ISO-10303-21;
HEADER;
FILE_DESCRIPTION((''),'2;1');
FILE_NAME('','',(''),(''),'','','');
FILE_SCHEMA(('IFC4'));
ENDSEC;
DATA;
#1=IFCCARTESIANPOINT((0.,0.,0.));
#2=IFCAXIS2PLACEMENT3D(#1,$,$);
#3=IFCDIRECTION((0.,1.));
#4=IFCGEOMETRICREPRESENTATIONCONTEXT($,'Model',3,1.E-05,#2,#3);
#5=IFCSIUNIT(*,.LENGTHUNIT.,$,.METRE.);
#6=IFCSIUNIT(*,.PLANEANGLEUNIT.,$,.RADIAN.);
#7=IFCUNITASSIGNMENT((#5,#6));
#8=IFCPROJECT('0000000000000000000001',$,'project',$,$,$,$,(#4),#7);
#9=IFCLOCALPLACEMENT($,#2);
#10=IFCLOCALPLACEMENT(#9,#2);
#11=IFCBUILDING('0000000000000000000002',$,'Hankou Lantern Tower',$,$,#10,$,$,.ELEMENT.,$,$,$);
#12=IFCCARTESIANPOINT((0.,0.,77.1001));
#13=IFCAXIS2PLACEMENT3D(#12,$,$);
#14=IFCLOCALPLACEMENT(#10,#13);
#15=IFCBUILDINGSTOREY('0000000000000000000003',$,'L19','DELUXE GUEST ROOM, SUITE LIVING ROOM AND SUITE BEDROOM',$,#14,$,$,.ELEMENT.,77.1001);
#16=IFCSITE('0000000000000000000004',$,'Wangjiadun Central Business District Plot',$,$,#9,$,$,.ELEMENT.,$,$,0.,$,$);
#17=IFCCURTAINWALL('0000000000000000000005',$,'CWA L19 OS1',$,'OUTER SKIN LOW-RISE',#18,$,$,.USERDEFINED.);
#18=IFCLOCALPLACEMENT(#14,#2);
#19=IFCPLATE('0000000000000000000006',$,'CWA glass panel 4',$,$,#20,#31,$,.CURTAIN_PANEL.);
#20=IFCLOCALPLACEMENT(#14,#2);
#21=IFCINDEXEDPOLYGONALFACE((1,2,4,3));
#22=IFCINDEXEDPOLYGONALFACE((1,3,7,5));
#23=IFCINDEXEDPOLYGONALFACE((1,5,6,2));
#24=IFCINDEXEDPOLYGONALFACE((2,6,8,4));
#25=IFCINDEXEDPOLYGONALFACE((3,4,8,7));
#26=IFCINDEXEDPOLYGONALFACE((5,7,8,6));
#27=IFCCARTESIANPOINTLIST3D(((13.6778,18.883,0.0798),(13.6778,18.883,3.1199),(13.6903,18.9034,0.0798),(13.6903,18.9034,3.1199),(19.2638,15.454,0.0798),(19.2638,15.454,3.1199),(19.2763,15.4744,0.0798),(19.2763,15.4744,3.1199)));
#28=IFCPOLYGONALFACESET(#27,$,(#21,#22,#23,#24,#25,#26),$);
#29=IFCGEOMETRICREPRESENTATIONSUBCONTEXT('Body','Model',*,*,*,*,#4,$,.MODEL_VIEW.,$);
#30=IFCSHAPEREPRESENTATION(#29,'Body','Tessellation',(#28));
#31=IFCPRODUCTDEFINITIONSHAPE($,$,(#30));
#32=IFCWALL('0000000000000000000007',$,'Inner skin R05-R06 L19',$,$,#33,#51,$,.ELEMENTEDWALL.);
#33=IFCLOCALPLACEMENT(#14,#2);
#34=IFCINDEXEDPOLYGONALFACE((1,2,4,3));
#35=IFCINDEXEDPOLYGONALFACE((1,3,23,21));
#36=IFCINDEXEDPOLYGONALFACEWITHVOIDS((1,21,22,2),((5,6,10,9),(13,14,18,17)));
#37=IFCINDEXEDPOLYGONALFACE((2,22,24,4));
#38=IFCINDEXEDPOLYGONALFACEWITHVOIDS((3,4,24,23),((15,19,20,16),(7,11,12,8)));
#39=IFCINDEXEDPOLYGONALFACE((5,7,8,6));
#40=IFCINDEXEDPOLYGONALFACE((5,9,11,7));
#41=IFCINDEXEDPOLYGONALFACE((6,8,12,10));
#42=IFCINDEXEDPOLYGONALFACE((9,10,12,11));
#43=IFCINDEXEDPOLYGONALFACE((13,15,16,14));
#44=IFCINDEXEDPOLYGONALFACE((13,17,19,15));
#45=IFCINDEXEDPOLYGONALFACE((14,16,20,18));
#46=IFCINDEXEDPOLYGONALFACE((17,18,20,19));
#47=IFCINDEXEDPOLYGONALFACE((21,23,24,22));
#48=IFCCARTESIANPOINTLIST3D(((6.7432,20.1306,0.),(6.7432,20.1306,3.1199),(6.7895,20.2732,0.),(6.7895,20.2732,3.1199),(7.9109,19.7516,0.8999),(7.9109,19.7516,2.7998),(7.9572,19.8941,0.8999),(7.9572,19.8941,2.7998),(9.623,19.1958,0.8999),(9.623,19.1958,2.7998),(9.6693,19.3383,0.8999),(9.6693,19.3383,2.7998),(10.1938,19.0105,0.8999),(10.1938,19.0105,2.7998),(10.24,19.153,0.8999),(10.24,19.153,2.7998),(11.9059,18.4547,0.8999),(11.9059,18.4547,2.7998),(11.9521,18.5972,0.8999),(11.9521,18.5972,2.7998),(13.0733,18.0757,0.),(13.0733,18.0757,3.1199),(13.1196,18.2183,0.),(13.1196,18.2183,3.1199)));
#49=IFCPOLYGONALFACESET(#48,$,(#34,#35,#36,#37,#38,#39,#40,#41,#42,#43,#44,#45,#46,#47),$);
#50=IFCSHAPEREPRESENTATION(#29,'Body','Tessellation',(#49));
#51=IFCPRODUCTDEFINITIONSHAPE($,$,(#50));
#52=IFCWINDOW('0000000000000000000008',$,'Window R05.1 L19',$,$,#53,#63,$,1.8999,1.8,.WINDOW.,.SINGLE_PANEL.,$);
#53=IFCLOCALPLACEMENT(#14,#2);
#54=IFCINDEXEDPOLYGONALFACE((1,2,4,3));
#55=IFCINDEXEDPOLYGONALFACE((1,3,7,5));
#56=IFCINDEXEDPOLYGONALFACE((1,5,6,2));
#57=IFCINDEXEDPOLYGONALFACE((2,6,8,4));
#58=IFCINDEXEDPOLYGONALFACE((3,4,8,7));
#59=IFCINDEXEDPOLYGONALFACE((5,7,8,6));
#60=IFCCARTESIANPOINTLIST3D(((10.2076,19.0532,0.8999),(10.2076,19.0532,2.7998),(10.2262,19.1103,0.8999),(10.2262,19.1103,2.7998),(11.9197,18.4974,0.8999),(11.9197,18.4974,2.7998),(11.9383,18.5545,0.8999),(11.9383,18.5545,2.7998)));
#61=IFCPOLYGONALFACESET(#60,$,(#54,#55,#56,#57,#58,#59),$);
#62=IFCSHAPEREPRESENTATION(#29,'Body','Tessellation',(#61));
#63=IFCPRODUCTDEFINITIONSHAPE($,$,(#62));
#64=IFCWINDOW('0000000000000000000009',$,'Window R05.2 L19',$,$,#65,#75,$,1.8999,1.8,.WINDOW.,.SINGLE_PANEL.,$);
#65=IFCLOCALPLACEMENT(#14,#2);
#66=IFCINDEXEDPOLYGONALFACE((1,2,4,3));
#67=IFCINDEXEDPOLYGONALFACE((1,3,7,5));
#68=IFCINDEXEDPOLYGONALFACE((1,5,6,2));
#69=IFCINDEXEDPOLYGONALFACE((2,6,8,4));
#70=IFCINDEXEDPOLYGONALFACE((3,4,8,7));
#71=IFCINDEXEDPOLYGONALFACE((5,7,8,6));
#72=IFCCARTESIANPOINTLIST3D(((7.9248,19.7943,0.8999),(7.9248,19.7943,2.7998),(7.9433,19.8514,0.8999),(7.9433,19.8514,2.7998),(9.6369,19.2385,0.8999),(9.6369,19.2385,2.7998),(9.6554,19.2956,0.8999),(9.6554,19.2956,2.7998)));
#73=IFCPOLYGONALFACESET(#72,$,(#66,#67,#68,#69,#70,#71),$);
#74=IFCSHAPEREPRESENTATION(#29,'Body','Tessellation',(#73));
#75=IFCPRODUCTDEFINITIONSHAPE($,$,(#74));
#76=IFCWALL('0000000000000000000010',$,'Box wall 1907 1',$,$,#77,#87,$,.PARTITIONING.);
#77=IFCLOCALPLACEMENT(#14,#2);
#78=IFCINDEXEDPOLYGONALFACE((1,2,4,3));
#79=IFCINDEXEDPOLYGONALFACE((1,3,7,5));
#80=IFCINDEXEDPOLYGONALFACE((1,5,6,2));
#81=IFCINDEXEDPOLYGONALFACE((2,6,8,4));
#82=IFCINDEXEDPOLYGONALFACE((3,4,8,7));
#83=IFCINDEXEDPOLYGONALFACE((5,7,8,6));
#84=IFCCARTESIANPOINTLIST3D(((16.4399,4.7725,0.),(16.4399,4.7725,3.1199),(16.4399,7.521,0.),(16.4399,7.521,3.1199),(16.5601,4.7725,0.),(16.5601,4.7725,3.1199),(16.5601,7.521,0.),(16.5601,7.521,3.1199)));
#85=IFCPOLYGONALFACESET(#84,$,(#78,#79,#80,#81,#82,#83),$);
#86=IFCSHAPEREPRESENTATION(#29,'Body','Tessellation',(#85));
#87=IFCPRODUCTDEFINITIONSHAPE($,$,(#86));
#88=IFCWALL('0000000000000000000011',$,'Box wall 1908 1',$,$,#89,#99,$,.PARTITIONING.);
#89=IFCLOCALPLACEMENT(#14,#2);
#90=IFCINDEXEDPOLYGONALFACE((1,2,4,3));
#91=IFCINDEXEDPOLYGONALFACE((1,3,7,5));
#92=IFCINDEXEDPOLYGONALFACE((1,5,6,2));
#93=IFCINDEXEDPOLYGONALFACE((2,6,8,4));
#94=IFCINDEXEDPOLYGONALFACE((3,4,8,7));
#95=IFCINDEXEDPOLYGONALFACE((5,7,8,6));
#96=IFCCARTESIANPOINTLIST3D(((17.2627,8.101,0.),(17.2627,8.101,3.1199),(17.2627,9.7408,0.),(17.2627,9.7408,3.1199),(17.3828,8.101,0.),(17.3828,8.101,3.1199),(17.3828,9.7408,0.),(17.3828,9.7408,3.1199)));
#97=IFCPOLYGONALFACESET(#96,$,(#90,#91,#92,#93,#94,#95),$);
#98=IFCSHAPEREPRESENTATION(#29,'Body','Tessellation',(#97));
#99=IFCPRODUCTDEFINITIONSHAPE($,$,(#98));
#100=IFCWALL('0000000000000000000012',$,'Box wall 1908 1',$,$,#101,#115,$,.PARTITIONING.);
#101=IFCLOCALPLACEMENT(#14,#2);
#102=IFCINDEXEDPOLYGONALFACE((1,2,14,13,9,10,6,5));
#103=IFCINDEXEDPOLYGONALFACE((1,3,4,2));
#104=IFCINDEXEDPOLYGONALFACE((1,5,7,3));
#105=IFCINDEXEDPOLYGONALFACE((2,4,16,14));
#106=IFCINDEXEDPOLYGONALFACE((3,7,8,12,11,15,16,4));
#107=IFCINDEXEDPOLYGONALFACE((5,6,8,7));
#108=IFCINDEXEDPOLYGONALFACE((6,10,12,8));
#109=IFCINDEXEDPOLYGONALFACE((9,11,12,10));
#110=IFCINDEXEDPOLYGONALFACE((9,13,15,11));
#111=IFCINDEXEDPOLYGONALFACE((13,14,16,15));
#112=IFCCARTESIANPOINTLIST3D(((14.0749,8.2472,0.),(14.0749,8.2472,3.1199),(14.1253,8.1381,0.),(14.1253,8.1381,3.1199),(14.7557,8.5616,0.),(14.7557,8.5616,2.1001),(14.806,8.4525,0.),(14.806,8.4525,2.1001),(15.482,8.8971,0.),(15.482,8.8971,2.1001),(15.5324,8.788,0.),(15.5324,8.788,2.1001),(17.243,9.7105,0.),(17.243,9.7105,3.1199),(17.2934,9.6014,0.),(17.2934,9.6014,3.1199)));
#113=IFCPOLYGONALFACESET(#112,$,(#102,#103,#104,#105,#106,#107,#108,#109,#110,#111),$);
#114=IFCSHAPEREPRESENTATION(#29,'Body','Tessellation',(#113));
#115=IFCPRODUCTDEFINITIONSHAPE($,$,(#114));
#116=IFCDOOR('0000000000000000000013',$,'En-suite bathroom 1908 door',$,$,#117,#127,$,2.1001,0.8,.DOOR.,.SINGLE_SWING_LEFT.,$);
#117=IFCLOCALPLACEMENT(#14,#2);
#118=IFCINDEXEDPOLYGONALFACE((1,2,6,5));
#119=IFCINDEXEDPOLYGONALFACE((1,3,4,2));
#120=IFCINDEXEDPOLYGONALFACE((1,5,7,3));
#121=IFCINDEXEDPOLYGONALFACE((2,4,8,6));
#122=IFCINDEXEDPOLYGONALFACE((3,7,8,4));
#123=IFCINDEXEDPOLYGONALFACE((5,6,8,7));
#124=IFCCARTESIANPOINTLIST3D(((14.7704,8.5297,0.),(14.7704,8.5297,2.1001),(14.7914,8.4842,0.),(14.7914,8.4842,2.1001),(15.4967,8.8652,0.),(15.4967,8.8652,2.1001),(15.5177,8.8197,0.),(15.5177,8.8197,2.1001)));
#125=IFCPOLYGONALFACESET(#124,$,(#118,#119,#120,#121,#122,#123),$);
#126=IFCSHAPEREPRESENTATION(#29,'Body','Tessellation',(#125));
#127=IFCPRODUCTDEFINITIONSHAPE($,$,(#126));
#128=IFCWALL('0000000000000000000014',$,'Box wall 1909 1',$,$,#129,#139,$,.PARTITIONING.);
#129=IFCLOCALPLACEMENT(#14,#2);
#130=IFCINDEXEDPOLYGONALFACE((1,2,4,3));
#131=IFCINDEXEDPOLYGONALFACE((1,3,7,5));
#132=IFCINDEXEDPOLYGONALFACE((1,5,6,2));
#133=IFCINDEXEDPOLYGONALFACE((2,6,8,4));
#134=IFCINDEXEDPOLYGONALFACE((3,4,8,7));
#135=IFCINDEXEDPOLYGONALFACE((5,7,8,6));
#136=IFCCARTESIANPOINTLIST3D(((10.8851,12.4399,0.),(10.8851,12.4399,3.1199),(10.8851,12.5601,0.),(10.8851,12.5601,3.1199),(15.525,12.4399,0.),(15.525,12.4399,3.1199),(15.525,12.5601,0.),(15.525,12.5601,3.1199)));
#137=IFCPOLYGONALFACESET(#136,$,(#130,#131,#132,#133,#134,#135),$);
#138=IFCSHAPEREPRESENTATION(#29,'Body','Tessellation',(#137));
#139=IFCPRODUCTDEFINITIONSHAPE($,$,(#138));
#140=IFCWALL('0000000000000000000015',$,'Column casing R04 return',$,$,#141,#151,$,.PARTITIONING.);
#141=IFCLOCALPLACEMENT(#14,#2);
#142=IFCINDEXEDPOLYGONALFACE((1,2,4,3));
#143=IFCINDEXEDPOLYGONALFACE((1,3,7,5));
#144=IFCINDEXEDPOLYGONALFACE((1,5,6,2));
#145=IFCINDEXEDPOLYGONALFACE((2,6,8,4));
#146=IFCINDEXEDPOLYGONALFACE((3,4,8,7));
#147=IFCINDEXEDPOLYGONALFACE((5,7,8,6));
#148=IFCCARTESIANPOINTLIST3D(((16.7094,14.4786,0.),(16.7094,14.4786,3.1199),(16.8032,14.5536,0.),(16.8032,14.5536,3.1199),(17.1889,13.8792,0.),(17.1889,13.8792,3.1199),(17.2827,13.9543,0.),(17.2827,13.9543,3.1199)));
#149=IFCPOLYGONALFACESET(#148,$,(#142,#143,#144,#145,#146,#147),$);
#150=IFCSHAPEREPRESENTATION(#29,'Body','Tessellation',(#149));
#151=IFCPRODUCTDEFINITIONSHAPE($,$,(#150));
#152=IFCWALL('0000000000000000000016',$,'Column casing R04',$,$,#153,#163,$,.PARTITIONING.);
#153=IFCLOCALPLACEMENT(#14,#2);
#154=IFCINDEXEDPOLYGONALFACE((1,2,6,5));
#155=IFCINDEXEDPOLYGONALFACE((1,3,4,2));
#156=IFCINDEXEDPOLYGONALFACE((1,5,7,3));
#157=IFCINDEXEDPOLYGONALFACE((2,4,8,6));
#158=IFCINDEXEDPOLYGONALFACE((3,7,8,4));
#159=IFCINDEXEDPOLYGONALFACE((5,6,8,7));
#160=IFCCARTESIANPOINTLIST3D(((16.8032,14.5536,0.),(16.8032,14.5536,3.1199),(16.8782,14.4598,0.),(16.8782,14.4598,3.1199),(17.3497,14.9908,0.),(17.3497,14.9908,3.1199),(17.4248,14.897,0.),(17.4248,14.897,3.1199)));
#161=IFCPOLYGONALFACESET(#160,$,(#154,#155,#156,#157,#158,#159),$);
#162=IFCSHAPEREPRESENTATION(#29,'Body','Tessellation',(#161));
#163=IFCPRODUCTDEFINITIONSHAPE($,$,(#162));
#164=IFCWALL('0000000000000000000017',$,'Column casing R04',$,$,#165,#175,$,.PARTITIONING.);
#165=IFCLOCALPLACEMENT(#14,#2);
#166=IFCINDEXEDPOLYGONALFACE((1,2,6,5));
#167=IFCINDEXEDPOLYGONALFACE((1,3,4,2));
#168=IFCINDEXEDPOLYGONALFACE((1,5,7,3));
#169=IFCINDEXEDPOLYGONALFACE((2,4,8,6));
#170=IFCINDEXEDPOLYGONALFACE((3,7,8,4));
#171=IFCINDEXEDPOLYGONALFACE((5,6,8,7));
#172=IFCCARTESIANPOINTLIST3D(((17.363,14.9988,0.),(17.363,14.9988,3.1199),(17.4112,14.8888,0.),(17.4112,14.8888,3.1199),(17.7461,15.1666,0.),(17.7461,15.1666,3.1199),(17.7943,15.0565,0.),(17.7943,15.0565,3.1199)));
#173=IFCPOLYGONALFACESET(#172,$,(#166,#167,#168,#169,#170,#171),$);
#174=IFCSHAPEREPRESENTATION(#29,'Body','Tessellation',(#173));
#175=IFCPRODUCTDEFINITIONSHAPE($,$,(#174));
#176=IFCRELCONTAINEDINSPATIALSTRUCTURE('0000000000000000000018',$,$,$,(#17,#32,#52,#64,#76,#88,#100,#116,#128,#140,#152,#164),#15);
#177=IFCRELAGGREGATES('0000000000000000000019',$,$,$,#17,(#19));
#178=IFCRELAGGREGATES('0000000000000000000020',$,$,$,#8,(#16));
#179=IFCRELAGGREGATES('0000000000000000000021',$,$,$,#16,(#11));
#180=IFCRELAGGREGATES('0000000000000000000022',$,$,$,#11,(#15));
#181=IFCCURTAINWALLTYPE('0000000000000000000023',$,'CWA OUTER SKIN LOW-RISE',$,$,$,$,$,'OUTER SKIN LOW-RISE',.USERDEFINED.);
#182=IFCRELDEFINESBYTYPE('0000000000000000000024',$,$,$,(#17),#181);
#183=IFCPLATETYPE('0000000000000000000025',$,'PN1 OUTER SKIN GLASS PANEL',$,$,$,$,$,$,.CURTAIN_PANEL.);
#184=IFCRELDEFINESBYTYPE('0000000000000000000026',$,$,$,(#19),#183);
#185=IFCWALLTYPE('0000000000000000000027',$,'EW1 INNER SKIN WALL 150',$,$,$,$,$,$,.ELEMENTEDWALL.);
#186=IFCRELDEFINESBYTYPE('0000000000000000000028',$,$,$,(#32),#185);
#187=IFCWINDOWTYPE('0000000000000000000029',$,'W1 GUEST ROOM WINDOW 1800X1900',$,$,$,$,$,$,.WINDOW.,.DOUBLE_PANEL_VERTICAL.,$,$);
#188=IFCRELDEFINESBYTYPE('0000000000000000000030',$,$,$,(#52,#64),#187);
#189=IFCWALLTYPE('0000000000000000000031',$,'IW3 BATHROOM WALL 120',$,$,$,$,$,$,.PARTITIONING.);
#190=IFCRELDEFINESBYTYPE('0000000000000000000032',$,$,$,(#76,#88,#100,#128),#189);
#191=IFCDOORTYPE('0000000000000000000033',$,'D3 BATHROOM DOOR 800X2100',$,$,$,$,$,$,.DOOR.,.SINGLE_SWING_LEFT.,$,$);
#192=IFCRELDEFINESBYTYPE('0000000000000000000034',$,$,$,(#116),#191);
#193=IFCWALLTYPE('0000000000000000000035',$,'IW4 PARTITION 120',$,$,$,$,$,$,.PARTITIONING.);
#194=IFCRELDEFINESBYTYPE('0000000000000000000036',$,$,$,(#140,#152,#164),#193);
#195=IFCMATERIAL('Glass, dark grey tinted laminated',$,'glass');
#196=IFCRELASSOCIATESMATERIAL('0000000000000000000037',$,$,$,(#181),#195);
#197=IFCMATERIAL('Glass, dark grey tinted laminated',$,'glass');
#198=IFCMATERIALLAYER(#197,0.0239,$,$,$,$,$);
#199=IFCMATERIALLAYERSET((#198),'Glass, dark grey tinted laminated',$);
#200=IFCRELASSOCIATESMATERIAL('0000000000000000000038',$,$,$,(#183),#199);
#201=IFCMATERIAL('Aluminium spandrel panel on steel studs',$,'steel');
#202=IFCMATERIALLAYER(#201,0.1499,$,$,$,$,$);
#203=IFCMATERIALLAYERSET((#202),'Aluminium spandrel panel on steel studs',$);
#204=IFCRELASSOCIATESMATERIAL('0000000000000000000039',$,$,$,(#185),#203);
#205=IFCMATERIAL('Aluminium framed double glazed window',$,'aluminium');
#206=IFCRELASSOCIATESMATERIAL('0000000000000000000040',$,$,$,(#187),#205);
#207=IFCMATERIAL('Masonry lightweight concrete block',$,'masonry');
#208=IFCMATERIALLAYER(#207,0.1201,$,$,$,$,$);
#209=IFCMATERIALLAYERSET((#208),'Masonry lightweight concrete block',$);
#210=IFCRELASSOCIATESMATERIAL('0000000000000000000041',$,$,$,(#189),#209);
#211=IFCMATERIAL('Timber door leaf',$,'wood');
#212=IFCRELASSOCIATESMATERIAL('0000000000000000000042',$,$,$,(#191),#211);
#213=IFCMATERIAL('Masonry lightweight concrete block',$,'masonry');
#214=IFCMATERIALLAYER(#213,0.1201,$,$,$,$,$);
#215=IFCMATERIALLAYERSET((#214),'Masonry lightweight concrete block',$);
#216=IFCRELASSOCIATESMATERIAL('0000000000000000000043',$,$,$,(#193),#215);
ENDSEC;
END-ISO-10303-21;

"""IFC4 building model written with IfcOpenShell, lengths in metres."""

from ifc_helpers import new_model, si_unit, direction, frame, frame_2d, origin, origin_2d, place, context, subcontext, project, spatial, rectangle, extrude, material, layer, layer_set, type_object, element, fill, aggregate, save


model = new_model("IFC4")

# Units and contexts
model_context = context("Model", 3, precision=1e-05, world=origin(), true_north=direction((0.0, 1.0)))
body_context = subcontext(model_context, "Body", "Model", "MODEL_VIEW")
ifc_project = project(units=[si_unit("LENGTHUNIT", "METRE"), si_unit("PLANEANGLEUNIT", "RADIAN")], contexts=[model_context])

# Site, building, storey
site_placement = place(None, origin())
site = spatial("IfcSite", under=ifc_project, at=site_placement, Name="Wangjiadun Central Business District Plot", CompositionType="ELEMENT", RefElevation=0.0)
building_placement = place(site_placement, origin())
building = spatial("IfcBuilding", under=site, at=building_placement, Name="Hankou Lantern Tower", CompositionType="ELEMENT")
storey_placement = place(building_placement, frame((0.0, 0.0, 77.1001)))
storey = spatial("IfcBuildingStorey", under=building, at=storey_placement, Name="L19", Description="DELUXE GUEST ROOM, SUITE LIVING ROOM AND SUITE BEDROOM", CompositionType="ELEMENT", Elevation=77.1001)

# Curtain wall
ifc_material_1 = material(Name="Glass, dark grey tinted laminated", Category="glass")
curtain_wall_type = type_object("IfcCurtainWallType", Name="CWA OUTER SKIN LOW-RISE", ElementType="OUTER SKIN LOW-RISE", PredefinedType="USERDEFINED", material=ifc_material_1)
curtain_wall_placement = place(storey_placement, origin())
curtain_wall = element("IfcCurtainWall", 1, at=curtain_wall_placement, inside=storey, type_object=curtain_wall_type, Name="CWA L19 OS1", ObjectType="OUTER SKIN LOW-RISE", PredefinedType="USERDEFINED")

# Plate
ifc_material_2 = material(Name="Glass, dark grey tinted laminated", Category="glass")
ifc_layer_1 = layer(ifc_material_2, 0.0239)
ifc_layer_set_1 = layer_set([ifc_layer_1], Name="Glass, dark grey tinted laminated")
plate_type = type_object("IfcPlateType", Name="PN1 OUTER SKIN GLASS PANEL", PredefinedType="CURTAIN_PANEL", material=ifc_layer_set_1)
plate_placement = place(storey_placement, frame((16.4771, 17.1787, 0.0798), z_axis=(0.0, 0.0, 1.0), x_axis=(-0.852237, 0.523156, 0.0)))
plate = element("IfcPlate", 2, at=plate_placement, type_object=plate_type, Name="CWA glass panel 4", PredefinedType="CURTAIN_PANEL", context=body_context, shape_type="SweptSolid", body=[
    extrude(rectangle(XDim=6.5544, YDim=0.0239, at=origin_2d()), origin(), (0.0, 0.0, 1.0), 3.04),
])
aggregate(curtain_wall, [plate])

# Wall, openings, windows
ifc_material_3 = material(Name="Aluminium spandrel panel on steel studs", Category="steel")
ifc_layer_2 = layer(ifc_material_3, 0.1499)
ifc_layer_set_2 = layer_set([ifc_layer_2], Name="Aluminium spandrel panel on steel studs")
wall_type_1 = type_object("IfcWallType", Name="EW1 INNER SKIN WALL 150", PredefinedType="ELEMENTEDWALL", material=ifc_layer_set_2)
wall_1_placement = place(storey_placement, frame((13.0964, 18.147, 0.0), z_axis=(0.0, 0.0, 1.0), x_axis=(-0.951138, 0.308768, 0.0)))
wall_1 = element("IfcWall", 3, at=wall_1_placement, inside=storey, type_object=wall_type_1, Name="Inner skin R05-R06 L19", PredefinedType="ELEMENTEDWALL", context=body_context, shape_type="SweptSolid", body=[
    extrude(rectangle(XDim=6.6553, YDim=0.1499, at=frame_2d((3.3276, 0.0))), origin(), (0.0, 0.0, 1.0), 3.1199),
])
opening_1_placement = place(wall_1_placement, frame((1.2275, 0.0, 0.8999)))
opening_1 = element("IfcOpeningElement", 4, at=opening_1_placement, cuts=wall_1, PredefinedType="OPENING", context=body_context, shape_type="SweptSolid", body=[
    extrude(rectangle(XDim=1.8, YDim=1.8999, at=frame_2d((0.8999, 0.95))), frame((0.0, 0.085, 0.0), z_axis=(0.0, -1.0, 0.0), x_axis=(1.0, 0.0, 0.0)), (0.0, 0.0, 1.0), 0.1699),
])
opening_2_placement = place(wall_1_placement, frame((3.6277, 0.0, 0.8999)))
opening_2 = element("IfcOpeningElement", 5, at=opening_2_placement, cuts=wall_1, PredefinedType="OPENING", context=body_context, shape_type="SweptSolid", body=[
    extrude(rectangle(XDim=1.8, YDim=1.8999, at=frame_2d((0.8999, 0.95))), frame((0.0, 0.085, 0.0), z_axis=(0.0, -1.0, 0.0), x_axis=(1.0, 0.0, 0.0)), (0.0, 0.0, 1.0), 0.1699),
])
ifc_material_4 = material(Name="Aluminium framed double glazed window", Category="aluminium")
window_type = type_object("IfcWindowType", Name="W1 GUEST ROOM WINDOW 1800X1900", PartitioningType="DOUBLE_PANEL_VERTICAL", PredefinedType="WINDOW", material=ifc_material_4)
window_1_placement = place(opening_1_placement, origin())
window_1 = element("IfcWindow", 6, at=window_1_placement, inside=storey, type_object=window_type, Name="Window R05.1 L19", OverallHeight=1.8999, OverallWidth=1.8, PartitioningType="SINGLE_PANEL", PredefinedType="WINDOW", context=body_context, shape_type="SweptSolid", body=[
    extrude(rectangle(XDim=1.8, YDim=1.8999, at=frame_2d((0.8999, 0.95))), frame((0.0, 0.03, 0.0), z_axis=(0.0, -1.0, 0.0), x_axis=(1.0, 0.0, 0.0)), (0.0, 0.0, 1.0), 0.0601),
])
fill(opening_1, window_1)
window_2_placement = place(opening_2_placement, origin())
window_2 = element("IfcWindow", 7, at=window_2_placement, inside=storey, type_object=window_type, Name="Window R05.2 L19", OverallHeight=1.8999, OverallWidth=1.8, PartitioningType="SINGLE_PANEL", PredefinedType="WINDOW", context=body_context, shape_type="SweptSolid", body=[
    extrude(rectangle(XDim=1.8, YDim=1.8999, at=frame_2d((0.8999, 0.95))), frame((0.0, 0.03, 0.0), z_axis=(0.0, -1.0, 0.0), x_axis=(1.0, 0.0, 0.0)), (0.0, 0.0, 1.0), 0.0601),
])
fill(opening_2, window_2)

# Walls
ifc_material_5 = material(Name="Masonry lightweight concrete block", Category="masonry")
ifc_layer_3 = layer(ifc_material_5, 0.1201)
ifc_layer_set_3 = layer_set([ifc_layer_3], Name="Masonry lightweight concrete block")
wall_type_2 = type_object("IfcWallType", Name="IW3 BATHROOM WALL 120", PredefinedType="PARTITIONING", material=ifc_layer_set_3)
wall_2_placement = place(storey_placement, frame((16.5, 7.521, 0.0), z_axis=(0.0, 0.0, 1.0), x_axis=(0.0, -1.0, 0.0)))
element("IfcWall", 8, at=wall_2_placement, inside=storey, type_object=wall_type_2, Name="Box wall 1907 1", PredefinedType="PARTITIONING", context=body_context, shape_type="SweptSolid", body=[
    extrude(rectangle(XDim=2.7485, YDim=0.1201, at=frame_2d((1.3743, 0.0))), origin(), (0.0, 0.0, 1.0), 3.1199),
])
wall_3_placement = place(storey_placement, frame((17.3228, 8.1011, 0.0), z_axis=(0.0, 0.0, 1.0), x_axis=(0.0, 1.0, 0.0)))
element("IfcWall", 9, at=wall_3_placement, inside=storey, type_object=wall_type_2, Name="Box wall 1908 1", PredefinedType="PARTITIONING", context=body_context, shape_type="SweptSolid", body=[
    extrude(rectangle(XDim=1.6399, YDim=0.1201, at=frame_2d((0.8198, 0.0))), origin(), (0.0, 0.0, 1.0), 3.1199),
])

# Wall, opening, door
wall_4_placement = place(storey_placement, frame((14.1001, 8.1926, 0.0), z_axis=(0.0, 0.0, 1.0), x_axis=(0.907836, 0.419324, 0.0)))
wall_4 = element("IfcWall", 10, at=wall_4_placement, inside=storey, type_object=wall_type_2, Name="Box wall 1908 1", PredefinedType="PARTITIONING", context=body_context, shape_type="SweptSolid", body=[
    extrude(rectangle(XDim=3.4897, YDim=0.1201, at=frame_2d((1.7449, 0.0))), origin(), (0.0, 0.0, 1.0), 3.1199),
])
opening_3_placement = place(wall_4_placement, frame((0.75, 0.0, 0.0)))
opening_3 = element("IfcOpeningElement", 11, at=opening_3_placement, cuts=wall_4, PredefinedType="OPENING", context=body_context, shape_type="SweptSolid", body=[
    extrude(rectangle(XDim=0.8, YDim=2.1001, at=frame_2d((0.3999, 1.05))), frame((0.0, 0.0701, 0.0), z_axis=(0.0, -1.0, 0.0), x_axis=(1.0, 0.0, 0.0)), (0.0, 0.0, 1.0), 0.1401),
])
ifc_material_6 = material(Name="Timber door leaf", Category="wood")
door_type = type_object("IfcDoorType", Name="D3 BATHROOM DOOR 800X2100", OperationType="SINGLE_SWING_LEFT", PredefinedType="DOOR", material=ifc_material_6)
door_placement = place(opening_3_placement, origin())
door = element("IfcDoor", 12, at=door_placement, inside=storey, type_object=door_type, Name="En-suite bathroom 1908 door", OperationType="SINGLE_SWING_LEFT", OverallHeight=2.1001, OverallWidth=0.8, PredefinedType="DOOR", context=body_context, shape_type="SweptSolid", body=[
    extrude(rectangle(XDim=0.8, YDim=2.1001, at=frame_2d((0.3999, 1.05))), frame((0.0, 0.0249, 0.0), z_axis=(0.0, -1.0, 0.0), x_axis=(1.0, 0.0, 0.0)), (0.0, 0.0, 1.0), 0.05),
])
fill(opening_3, door)

# Walls
wall_5_placement = place(storey_placement, frame((15.5249, 12.5, 0.0), z_axis=(0.0, 0.0, 1.0), x_axis=(-1.0, 0.0, 0.0)))
element("IfcWall", 13, at=wall_5_placement, inside=storey, type_object=wall_type_2, Name="Box wall 1909 1", PredefinedType="PARTITIONING", context=body_context, shape_type="SweptSolid", body=[
    extrude(rectangle(XDim=4.6399, YDim=0.1201, at=frame_2d((2.3198, 0.0))), origin(), (0.0, 0.0, 1.0), 3.1199),
])
ifc_material_7 = material(Name="Masonry lightweight concrete block", Category="masonry")
ifc_layer_4 = layer(ifc_material_7, 0.1201)
ifc_layer_set_4 = layer_set([ifc_layer_4], Name="Masonry lightweight concrete block")
wall_type_3 = type_object("IfcWallType", Name="IW4 PARTITION 120", PredefinedType="PARTITIONING", material=ifc_layer_set_4)
wall_6_placement = place(storey_placement, frame((17.2358, 13.9167, 0.0), z_axis=(0.0, 0.0, 1.0), x_axis=(-0.624695, 0.780869, 0.0)))
element("IfcWall", 14, at=wall_6_placement, inside=storey, type_object=wall_type_3, Name="Column casing R04 return", PredefinedType="PARTITIONING", context=body_context, shape_type="SweptSolid", body=[
    extrude(rectangle(XDim=0.7676, YDim=0.1201, at=frame_2d((0.3838, 0.0))), origin(), (0.0, 0.0, 1.0), 3.1199),
])
wall_7_placement = place(storey_placement, frame((16.8406, 14.5066, 0.0), z_axis=(0.0, 0.0, 1.0), x_axis=(0.780903, 0.624653, 0.0)))
element("IfcWall", 15, at=wall_7_placement, inside=storey, type_object=wall_type_3, Name="Column casing R04", PredefinedType="PARTITIONING", context=body_context, shape_type="SweptSolid", body=[
    extrude(rectangle(XDim=0.7, YDim=0.1201, at=frame_2d((0.3501, 0.0))), origin(), (0.0, 0.0, 1.0), 3.1199),
])
wall_8_placement = place(storey_placement, frame((17.3872, 14.9438, 0.0), z_axis=(0.0, 0.0, 1.0), x_axis=(0.916037, 0.401094, 0.0)))
element("IfcWall", 16, at=wall_8_placement, inside=storey, type_object=wall_type_3, Name="Column casing R04", PredefinedType="PARTITIONING", context=body_context, shape_type="SweptSolid", body=[
    extrude(rectangle(XDim=0.4182, YDim=0.1201, at=frame_2d((0.209, 0.0))), origin(), (0.0, 0.0, 1.0), 3.1199),
])

save(model, "model.ifc")
